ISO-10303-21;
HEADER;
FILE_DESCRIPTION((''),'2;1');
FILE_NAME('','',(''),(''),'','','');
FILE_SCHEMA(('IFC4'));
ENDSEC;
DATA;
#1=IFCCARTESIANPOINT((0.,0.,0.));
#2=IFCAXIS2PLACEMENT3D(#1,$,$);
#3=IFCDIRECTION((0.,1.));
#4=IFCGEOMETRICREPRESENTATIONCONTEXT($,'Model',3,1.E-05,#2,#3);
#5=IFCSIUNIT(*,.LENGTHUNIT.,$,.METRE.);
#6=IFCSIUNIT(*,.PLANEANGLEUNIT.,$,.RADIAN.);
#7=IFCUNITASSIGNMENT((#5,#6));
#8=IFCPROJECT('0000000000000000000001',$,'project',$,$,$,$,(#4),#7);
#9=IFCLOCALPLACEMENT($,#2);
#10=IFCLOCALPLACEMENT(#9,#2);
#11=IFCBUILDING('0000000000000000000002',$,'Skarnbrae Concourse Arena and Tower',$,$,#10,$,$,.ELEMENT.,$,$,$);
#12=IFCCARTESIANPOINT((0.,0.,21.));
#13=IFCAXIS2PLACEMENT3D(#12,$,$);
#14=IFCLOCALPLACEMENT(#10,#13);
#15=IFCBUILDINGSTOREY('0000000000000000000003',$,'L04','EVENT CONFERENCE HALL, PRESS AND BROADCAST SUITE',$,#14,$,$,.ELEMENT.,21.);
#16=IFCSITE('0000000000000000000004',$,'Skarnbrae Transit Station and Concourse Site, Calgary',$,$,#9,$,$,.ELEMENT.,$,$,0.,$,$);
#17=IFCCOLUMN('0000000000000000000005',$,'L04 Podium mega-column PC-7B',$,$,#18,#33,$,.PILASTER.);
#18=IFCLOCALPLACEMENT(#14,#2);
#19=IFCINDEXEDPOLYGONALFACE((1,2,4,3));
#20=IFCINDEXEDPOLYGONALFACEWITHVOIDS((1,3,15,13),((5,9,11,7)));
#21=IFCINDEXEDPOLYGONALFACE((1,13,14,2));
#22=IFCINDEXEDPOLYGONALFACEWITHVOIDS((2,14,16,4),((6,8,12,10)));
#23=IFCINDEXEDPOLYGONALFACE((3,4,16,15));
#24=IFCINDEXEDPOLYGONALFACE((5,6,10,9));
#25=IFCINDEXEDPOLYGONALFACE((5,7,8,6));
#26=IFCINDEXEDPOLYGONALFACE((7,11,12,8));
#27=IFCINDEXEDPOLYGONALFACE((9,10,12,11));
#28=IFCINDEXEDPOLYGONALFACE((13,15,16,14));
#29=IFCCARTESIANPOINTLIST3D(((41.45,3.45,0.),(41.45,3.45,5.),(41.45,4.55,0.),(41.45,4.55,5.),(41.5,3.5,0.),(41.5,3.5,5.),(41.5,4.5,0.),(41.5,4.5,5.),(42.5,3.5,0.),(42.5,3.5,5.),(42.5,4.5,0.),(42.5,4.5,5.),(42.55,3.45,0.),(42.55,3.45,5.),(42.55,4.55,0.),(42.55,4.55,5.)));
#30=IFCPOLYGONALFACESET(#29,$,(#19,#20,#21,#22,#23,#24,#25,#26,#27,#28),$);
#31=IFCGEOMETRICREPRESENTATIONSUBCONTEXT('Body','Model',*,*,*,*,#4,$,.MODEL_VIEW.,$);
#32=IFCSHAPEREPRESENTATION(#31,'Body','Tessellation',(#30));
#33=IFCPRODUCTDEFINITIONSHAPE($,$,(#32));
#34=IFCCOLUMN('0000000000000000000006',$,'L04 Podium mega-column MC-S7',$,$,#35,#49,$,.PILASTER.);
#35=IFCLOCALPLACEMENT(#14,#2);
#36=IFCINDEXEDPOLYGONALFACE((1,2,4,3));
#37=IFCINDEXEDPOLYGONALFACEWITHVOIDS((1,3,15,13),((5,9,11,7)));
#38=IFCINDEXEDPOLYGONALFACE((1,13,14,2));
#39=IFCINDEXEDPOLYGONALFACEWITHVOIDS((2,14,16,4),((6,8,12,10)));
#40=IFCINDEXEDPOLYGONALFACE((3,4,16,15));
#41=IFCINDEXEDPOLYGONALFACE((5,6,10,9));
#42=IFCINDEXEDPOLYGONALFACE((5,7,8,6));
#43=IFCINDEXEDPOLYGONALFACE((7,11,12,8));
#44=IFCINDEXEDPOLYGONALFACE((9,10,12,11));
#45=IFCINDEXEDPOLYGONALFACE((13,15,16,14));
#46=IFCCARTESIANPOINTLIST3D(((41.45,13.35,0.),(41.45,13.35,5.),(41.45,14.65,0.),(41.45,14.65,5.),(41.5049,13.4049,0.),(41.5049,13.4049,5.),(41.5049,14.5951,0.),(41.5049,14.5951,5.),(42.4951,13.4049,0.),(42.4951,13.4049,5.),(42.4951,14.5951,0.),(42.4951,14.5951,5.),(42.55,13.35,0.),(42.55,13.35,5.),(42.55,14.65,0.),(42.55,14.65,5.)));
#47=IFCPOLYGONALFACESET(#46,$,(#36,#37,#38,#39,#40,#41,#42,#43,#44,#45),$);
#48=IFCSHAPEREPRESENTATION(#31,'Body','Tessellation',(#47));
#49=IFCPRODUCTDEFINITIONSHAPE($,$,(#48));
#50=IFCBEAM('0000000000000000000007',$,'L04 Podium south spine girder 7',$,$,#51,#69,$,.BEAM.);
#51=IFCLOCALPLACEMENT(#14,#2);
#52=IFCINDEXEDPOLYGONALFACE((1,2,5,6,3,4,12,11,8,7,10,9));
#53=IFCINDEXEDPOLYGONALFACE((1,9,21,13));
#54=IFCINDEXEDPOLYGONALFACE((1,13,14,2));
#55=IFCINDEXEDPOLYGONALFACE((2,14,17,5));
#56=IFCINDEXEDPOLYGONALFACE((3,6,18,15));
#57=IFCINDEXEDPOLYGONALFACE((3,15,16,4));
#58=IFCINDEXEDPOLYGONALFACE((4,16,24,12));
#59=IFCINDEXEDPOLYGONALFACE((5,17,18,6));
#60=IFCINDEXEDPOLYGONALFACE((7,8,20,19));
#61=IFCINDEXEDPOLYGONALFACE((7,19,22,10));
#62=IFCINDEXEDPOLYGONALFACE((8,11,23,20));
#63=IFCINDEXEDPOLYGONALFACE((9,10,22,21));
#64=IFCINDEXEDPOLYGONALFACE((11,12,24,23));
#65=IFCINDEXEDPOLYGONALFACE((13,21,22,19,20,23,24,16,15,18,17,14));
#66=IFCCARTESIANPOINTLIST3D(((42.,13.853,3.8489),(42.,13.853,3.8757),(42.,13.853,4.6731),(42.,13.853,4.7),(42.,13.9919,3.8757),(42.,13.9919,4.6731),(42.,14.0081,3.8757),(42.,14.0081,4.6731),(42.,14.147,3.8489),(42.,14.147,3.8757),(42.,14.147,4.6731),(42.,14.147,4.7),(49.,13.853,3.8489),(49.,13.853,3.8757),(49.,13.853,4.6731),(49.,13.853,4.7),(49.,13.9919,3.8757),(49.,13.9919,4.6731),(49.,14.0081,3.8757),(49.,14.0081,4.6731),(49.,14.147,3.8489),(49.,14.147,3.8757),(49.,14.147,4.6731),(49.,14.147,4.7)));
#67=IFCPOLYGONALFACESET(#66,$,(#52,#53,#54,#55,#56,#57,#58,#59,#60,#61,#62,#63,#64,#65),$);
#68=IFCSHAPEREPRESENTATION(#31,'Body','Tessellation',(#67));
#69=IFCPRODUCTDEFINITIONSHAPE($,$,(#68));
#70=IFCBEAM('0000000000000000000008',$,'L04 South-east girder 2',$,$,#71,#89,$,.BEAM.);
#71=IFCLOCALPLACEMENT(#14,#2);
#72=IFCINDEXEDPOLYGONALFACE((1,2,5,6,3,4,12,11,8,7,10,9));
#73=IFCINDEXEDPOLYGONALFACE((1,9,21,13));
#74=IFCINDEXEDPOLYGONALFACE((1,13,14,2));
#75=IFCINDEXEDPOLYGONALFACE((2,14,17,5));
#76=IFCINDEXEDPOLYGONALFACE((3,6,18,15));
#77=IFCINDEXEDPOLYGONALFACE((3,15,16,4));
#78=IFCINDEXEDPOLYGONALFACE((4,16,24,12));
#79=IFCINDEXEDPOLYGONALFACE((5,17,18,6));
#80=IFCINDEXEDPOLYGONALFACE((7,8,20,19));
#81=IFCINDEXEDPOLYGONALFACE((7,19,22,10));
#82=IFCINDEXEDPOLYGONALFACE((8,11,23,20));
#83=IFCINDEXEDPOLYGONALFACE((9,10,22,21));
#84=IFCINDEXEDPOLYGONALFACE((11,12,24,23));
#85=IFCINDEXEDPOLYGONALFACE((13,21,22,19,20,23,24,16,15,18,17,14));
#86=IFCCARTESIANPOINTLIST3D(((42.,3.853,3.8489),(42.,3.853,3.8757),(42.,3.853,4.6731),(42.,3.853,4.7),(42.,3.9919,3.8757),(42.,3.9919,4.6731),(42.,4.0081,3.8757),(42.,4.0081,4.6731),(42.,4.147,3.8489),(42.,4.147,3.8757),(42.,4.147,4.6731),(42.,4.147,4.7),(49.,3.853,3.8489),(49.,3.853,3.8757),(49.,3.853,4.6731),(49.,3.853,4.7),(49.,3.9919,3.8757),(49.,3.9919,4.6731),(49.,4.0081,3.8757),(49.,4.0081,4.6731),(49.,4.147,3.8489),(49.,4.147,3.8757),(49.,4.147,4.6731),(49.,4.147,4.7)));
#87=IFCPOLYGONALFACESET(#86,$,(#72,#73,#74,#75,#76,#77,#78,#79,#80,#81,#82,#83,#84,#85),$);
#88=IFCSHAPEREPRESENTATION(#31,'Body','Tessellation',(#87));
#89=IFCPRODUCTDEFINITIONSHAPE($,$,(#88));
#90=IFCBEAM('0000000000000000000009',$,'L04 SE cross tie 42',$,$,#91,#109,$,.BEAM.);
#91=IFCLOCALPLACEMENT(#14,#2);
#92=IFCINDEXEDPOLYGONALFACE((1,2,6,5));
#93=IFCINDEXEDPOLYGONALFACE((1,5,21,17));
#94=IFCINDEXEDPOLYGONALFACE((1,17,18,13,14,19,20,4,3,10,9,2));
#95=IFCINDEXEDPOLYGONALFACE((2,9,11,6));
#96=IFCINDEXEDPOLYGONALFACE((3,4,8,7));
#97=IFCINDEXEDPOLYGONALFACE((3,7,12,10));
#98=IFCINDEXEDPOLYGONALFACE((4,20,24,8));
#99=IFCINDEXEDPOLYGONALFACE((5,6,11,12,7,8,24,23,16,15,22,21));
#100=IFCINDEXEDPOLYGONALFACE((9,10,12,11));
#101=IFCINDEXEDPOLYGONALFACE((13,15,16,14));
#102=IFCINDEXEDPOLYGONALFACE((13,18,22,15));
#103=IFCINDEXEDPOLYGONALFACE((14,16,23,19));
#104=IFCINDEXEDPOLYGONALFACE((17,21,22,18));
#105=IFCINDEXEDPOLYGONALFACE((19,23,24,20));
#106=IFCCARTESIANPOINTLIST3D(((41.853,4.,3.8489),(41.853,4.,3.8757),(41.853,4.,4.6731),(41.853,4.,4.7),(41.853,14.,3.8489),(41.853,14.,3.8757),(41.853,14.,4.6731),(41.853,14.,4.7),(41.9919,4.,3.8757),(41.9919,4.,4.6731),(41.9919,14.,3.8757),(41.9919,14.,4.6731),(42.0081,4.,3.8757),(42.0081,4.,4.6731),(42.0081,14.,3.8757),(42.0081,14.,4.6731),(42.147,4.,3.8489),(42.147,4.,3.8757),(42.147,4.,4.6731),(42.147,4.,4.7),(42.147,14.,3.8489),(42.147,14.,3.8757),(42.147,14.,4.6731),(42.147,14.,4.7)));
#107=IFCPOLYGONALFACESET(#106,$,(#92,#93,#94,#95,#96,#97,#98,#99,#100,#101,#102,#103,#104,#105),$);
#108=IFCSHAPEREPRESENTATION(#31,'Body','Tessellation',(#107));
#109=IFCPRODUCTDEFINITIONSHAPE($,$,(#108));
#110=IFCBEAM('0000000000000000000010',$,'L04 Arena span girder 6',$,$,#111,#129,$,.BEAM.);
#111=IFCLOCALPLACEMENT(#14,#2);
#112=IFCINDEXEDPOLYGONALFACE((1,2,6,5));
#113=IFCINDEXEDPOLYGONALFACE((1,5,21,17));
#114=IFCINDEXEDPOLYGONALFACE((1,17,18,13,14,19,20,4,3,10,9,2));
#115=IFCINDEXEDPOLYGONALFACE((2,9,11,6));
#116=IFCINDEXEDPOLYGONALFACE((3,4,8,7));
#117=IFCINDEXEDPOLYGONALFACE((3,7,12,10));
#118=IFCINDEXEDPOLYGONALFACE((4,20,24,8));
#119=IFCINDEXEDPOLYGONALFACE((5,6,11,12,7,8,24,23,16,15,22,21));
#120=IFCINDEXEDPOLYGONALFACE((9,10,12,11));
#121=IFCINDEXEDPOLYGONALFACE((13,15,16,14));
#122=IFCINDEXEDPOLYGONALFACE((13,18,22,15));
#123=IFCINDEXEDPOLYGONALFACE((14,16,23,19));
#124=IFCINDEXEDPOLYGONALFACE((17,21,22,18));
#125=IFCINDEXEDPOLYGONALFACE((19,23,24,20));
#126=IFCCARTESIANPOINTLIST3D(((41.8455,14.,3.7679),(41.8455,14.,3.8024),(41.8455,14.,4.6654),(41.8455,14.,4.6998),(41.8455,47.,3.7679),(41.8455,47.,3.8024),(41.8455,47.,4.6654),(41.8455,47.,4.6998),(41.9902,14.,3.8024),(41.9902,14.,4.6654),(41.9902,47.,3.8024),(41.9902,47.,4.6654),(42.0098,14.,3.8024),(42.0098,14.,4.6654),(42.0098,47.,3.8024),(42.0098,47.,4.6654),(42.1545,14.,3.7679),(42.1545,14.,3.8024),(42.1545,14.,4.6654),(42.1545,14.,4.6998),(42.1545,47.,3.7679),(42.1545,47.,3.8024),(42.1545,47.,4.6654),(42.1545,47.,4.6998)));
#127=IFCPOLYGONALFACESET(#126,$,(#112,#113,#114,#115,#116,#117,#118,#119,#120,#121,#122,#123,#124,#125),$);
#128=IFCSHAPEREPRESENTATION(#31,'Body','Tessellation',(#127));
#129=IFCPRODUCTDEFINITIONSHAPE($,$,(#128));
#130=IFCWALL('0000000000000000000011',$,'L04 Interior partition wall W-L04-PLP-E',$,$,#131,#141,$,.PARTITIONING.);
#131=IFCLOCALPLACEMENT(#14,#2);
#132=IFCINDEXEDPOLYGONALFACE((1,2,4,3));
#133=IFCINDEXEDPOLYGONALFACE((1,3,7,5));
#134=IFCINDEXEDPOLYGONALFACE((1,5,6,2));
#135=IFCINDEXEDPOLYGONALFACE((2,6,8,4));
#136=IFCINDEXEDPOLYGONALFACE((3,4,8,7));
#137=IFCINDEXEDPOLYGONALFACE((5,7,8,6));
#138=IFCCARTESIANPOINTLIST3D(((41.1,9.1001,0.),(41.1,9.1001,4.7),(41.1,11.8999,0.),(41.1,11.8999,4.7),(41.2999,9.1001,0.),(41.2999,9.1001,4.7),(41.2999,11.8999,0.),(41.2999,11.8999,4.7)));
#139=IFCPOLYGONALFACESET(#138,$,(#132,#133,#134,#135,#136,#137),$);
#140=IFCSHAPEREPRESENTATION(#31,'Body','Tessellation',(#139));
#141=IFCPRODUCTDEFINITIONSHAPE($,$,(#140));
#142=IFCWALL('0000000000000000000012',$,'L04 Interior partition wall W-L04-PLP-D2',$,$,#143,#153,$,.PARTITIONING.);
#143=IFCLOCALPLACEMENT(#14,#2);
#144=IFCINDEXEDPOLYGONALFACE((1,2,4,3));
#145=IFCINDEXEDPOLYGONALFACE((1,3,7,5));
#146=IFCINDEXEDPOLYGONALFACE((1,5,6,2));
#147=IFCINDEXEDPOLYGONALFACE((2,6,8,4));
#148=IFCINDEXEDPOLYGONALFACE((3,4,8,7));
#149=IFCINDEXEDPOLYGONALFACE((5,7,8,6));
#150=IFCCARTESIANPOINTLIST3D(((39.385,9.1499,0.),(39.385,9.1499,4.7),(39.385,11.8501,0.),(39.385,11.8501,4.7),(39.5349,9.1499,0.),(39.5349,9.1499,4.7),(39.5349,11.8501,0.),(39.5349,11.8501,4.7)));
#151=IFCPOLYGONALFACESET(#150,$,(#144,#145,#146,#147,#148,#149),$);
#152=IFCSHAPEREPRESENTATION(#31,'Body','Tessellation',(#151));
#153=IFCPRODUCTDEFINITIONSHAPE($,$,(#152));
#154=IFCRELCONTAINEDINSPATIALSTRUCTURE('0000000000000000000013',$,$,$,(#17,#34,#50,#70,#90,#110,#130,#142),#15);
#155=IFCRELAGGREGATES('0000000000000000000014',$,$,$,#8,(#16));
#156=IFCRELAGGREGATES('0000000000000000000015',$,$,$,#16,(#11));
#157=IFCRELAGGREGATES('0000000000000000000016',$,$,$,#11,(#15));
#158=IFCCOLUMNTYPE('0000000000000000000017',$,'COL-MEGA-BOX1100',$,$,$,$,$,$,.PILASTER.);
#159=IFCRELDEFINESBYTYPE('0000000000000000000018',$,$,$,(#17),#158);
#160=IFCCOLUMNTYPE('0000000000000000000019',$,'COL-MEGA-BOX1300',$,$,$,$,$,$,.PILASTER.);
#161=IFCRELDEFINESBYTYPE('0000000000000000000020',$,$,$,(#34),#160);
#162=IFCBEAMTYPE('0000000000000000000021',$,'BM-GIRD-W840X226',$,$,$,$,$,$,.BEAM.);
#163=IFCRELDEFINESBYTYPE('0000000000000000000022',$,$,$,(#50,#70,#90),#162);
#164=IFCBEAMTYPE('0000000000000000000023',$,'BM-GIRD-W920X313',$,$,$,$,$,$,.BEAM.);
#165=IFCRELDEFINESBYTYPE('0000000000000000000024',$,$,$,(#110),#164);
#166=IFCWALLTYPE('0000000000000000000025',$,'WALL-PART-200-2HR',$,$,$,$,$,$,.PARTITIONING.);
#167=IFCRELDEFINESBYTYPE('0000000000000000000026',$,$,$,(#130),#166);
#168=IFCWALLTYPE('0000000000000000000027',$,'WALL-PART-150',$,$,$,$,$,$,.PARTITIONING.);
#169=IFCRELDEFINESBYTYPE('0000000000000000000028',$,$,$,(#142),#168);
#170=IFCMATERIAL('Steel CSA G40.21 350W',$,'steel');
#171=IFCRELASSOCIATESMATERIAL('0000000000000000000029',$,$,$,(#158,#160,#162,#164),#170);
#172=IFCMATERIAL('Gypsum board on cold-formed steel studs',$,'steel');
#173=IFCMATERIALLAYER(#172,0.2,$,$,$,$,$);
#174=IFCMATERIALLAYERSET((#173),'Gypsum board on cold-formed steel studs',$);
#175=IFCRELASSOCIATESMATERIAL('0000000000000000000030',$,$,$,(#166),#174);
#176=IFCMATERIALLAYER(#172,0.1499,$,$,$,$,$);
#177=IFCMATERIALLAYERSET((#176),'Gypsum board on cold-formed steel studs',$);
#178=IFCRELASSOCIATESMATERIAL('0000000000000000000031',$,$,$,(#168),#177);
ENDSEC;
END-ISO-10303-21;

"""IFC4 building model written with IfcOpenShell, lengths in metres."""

from ifc_helpers import new_model, si_unit, direction, frame, frame_2d, origin, origin_2d, place, context, subcontext, project, spatial, rectangle, hollow_rectangle, i_section, extrude, source, transform, mapped, material, layer, layer_set, material_profile, profile_set, type_object, element, save


model = new_model("IFC4")

# Units and contexts
model_context = context("Model", 3, precision=1e-05, world=origin(), true_north=direction((0.0, 1.0)))
body_context = subcontext(model_context, "Body", "Model", "MODEL_VIEW")
ifc_project = project(units=[si_unit("LENGTHUNIT", "METRE"), si_unit("PLANEANGLEUNIT", "RADIAN")], contexts=[model_context])

# Site, building, storey
site_placement = place(None, origin())
site = spatial("IfcSite", under=ifc_project, at=site_placement, Name="Skarnbrae Transit Station and Concourse Site, Calgary", CompositionType="ELEMENT", RefElevation=0.0)
building_placement = place(site_placement, origin())
building = spatial("IfcBuilding", under=site, at=building_placement, Name="Skarnbrae Concourse Arena and Tower", CompositionType="ELEMENT")
storey_placement = place(building_placement, frame((0.0, 0.0, 21.0)))
storey = spatial("IfcBuildingStorey", under=building, at=storey_placement, Name="L04", Description="EVENT CONFERENCE HALL, PRESS AND BROADCAST SUITE", CompositionType="ELEMENT", Elevation=21.0)

# Columns
ifc_material_1 = material(Name="Steel CSA G40.21 350W", Category="steel")
ifc_material_profile_1 = material_profile(ifc_material_1, hollow_rectangle(XDim=1.1001, YDim=1.1001, WallThickness=0.05, at=origin_2d()), Name="BOX1100X1100X50")
ifc_profile_set_1 = profile_set([ifc_material_profile_1], Name="Steel CSA G40.21 350W")
column_type_1 = type_object("IfcColumnType", Name="COL-MEGA-BOX1100", PredefinedType="PILASTER", material=ifc_profile_set_1)
shared_shape_1 = source(origin(), body_context, "Body", "SweptSolid", [
    extrude(hollow_rectangle(XDim=1.1001, YDim=1.1001, WallThickness=0.05, at=origin_2d()), origin(), (0.0, 0.0, 1.0), 5.0),
])
column_1_placement = place(storey_placement, frame((42.0, 4.0, 0.0), z_axis=(0.0, 0.0, 1.0), x_axis=(1.0, 0.0, 0.0)))
element("IfcColumn", 1, at=column_1_placement, inside=storey, type_object=column_type_1, Name="L04 Podium mega-column PC-7B", PredefinedType="PILASTER", context=body_context, shape_type="MappedRepresentation", body=[
    mapped(shared_shape_1, transform((0.0, 0.0, 0.0))),
])
ifc_material_profile_2 = material_profile(ifc_material_1, hollow_rectangle(XDim=1.1001, YDim=1.3, WallThickness=0.0549, at=origin_2d()), Name="BOX1300X1100X55")
ifc_profile_set_2 = profile_set([ifc_material_profile_2], Name="Steel CSA G40.21 350W")
column_type_2 = type_object("IfcColumnType", Name="COL-MEGA-BOX1300", PredefinedType="PILASTER", material=ifc_profile_set_2)
shared_shape_2 = source(origin(), body_context, "Body", "SweptSolid", [
    extrude(hollow_rectangle(XDim=1.1001, YDim=1.3, WallThickness=0.0549, at=origin_2d()), origin(), (0.0, 0.0, 1.0), 5.0),
])
column_2_placement = place(storey_placement, frame((42.0, 14.0, 0.0), z_axis=(0.0, 0.0, 1.0), x_axis=(1.0, 0.0, 0.0)))
element("IfcColumn", 2, at=column_2_placement, inside=storey, type_object=column_type_2, Name="L04 Podium mega-column MC-S7", PredefinedType="PILASTER", context=body_context, shape_type="MappedRepresentation", body=[
    mapped(shared_shape_2, transform((0.0, 0.0, 0.0))),
])

# Beams
ifc_material_profile_3 = material_profile(ifc_material_1, i_section(OverallWidth=0.2939, OverallDepth=0.8511, WebThickness=0.0161, FlangeThickness=0.0269, at=origin_2d()), Name="W840X226")
ifc_profile_set_3 = profile_set([ifc_material_profile_3], Name="Steel CSA G40.21 350W")
beam_type_1 = type_object("IfcBeamType", Name="BM-GIRD-W840X226", PredefinedType="BEAM", material=ifc_profile_set_3)
shared_shape_3 = source(origin(), body_context, "Body", "SweptSolid", [
    extrude(i_section(OverallWidth=0.2939, OverallDepth=0.8511, WebThickness=0.0161, FlangeThickness=0.0269, at=origin_2d()), origin(), (0.0, 0.0, 1.0), 7.0),
])
for number, where, z_axis, x_axis, name in (
    (3, (42.0, 14.0, 4.2744), (1.0, 0.0, 0.0), (0.0, 1.0, 0.0), "L04 Podium south spine girder 7"),
    (4, (42.0, 4.0, 4.2744), (1.0, 0.0, 0.0), (0.0, 1.0, 0.0), "L04 South-east girder 2"),
):
    element("IfcBeam", number, at=place(storey_placement, frame(where, z_axis=z_axis, x_axis=x_axis)), inside=storey, type_object=beam_type_1, Name=name, PredefinedType="BEAM", context=body_context, shape_type="MappedRepresentation", body=[
        mapped(shared_shape_3, transform((0.0, 0.0, 0.0))),
    ])
shared_shape_4 = source(origin(), body_context, "Body", "SweptSolid", [
    extrude(i_section(OverallWidth=0.2939, OverallDepth=0.8511, WebThickness=0.0161, FlangeThickness=0.0269, at=origin_2d()), origin(), (0.0, 0.0, 1.0), 10.0),
])
beam_1_placement = place(storey_placement, frame((42.0, 4.0, 4.2744), z_axis=(0.0, 1.0, 0.0), x_axis=(-1.0, 0.0, 0.0)))
element("IfcBeam", 5, at=beam_1_placement, inside=storey, type_object=beam_type_1, Name="L04 SE cross tie 42", PredefinedType="BEAM", context=body_context, shape_type="MappedRepresentation", body=[
    mapped(shared_shape_4, transform((0.0, 0.0, 0.0))),
])
ifc_material_profile_4 = material_profile(ifc_material_1, i_section(OverallWidth=0.3091, OverallDepth=0.9319, WebThickness=0.0195, FlangeThickness=0.0344, at=origin_2d()), Name="W920X313")
ifc_profile_set_4 = profile_set([ifc_material_profile_4], Name="Steel CSA G40.21 350W")
beam_type_2 = type_object("IfcBeamType", Name="BM-GIRD-W920X313", PredefinedType="BEAM", material=ifc_profile_set_4)
shared_shape_5 = source(origin(), body_context, "Body", "SweptSolid", [
    extrude(i_section(OverallWidth=0.3091, OverallDepth=0.9319, WebThickness=0.0195, FlangeThickness=0.0344, at=origin_2d()), origin(), (0.0, 0.0, 1.0), 33.0),
])
beam_2_placement = place(storey_placement, frame((42.0, 14.0, 4.2339), z_axis=(0.0, 1.0, 0.0), x_axis=(-1.0, 0.0, 0.0)))
element("IfcBeam", 6, at=beam_2_placement, inside=storey, type_object=beam_type_2, Name="L04 Arena span girder 6", PredefinedType="BEAM", context=body_context, shape_type="MappedRepresentation", body=[
    mapped(shared_shape_5, transform((0.0, 0.0, 0.0))),
])

# Walls
ifc_material_2 = material(Name="Gypsum board on cold-formed steel studs", Category="steel")
ifc_layer_1 = layer(ifc_material_2, 0.2)
ifc_layer_set_1 = layer_set([ifc_layer_1], Name="Gypsum board on cold-formed steel studs")
wall_type_1 = type_object("IfcWallType", Name="WALL-PART-200-2HR", PredefinedType="PARTITIONING", material=ifc_layer_set_1)
shared_shape_6 = source(origin(), body_context, "Body", "SweptSolid", [
    extrude(rectangle(XDim=2.7998, YDim=0.2, at=frame_2d((1.3999, 0.0))), origin(), (0.0, 0.0, 1.0), 4.7),
])
wall_1_placement = place(storey_placement, frame((41.2, 9.1001, 0.0), z_axis=(0.0, 0.0, 1.0), x_axis=(0.0, 1.0, 0.0)))
element("IfcWall", 7, at=wall_1_placement, inside=storey, type_object=wall_type_1, Name="L04 Interior partition wall W-L04-PLP-E", PredefinedType="PARTITIONING", context=body_context, shape_type="MappedRepresentation", body=[
    mapped(shared_shape_6, transform((0.0, 0.0, 0.0))),
])
ifc_layer_2 = layer(ifc_material_2, 0.1499)
ifc_layer_set_2 = layer_set([ifc_layer_2], Name="Gypsum board on cold-formed steel studs")
wall_type_2 = type_object("IfcWallType", Name="WALL-PART-150", PredefinedType="PARTITIONING", material=ifc_layer_set_2)
shared_shape_7 = source(origin(), body_context, "Body", "SweptSolid", [
    extrude(rectangle(XDim=2.7002, YDim=0.1499, at=frame_2d((1.3501, 0.0))), origin(), (0.0, 0.0, 1.0), 4.7),
])
wall_2_placement = place(storey_placement, frame((39.46, 9.1499, 0.0), z_axis=(0.0, 0.0, 1.0), x_axis=(0.0, 1.0, 0.0)))
element("IfcWall", 8, at=wall_2_placement, inside=storey, type_object=wall_type_2, Name="L04 Interior partition wall W-L04-PLP-D2", PredefinedType="PARTITIONING", context=body_context, shape_type="MappedRepresentation", body=[
    mapped(shared_shape_7, transform((0.0, 0.0, 0.0))),
])

save(model, "model.ifc")
